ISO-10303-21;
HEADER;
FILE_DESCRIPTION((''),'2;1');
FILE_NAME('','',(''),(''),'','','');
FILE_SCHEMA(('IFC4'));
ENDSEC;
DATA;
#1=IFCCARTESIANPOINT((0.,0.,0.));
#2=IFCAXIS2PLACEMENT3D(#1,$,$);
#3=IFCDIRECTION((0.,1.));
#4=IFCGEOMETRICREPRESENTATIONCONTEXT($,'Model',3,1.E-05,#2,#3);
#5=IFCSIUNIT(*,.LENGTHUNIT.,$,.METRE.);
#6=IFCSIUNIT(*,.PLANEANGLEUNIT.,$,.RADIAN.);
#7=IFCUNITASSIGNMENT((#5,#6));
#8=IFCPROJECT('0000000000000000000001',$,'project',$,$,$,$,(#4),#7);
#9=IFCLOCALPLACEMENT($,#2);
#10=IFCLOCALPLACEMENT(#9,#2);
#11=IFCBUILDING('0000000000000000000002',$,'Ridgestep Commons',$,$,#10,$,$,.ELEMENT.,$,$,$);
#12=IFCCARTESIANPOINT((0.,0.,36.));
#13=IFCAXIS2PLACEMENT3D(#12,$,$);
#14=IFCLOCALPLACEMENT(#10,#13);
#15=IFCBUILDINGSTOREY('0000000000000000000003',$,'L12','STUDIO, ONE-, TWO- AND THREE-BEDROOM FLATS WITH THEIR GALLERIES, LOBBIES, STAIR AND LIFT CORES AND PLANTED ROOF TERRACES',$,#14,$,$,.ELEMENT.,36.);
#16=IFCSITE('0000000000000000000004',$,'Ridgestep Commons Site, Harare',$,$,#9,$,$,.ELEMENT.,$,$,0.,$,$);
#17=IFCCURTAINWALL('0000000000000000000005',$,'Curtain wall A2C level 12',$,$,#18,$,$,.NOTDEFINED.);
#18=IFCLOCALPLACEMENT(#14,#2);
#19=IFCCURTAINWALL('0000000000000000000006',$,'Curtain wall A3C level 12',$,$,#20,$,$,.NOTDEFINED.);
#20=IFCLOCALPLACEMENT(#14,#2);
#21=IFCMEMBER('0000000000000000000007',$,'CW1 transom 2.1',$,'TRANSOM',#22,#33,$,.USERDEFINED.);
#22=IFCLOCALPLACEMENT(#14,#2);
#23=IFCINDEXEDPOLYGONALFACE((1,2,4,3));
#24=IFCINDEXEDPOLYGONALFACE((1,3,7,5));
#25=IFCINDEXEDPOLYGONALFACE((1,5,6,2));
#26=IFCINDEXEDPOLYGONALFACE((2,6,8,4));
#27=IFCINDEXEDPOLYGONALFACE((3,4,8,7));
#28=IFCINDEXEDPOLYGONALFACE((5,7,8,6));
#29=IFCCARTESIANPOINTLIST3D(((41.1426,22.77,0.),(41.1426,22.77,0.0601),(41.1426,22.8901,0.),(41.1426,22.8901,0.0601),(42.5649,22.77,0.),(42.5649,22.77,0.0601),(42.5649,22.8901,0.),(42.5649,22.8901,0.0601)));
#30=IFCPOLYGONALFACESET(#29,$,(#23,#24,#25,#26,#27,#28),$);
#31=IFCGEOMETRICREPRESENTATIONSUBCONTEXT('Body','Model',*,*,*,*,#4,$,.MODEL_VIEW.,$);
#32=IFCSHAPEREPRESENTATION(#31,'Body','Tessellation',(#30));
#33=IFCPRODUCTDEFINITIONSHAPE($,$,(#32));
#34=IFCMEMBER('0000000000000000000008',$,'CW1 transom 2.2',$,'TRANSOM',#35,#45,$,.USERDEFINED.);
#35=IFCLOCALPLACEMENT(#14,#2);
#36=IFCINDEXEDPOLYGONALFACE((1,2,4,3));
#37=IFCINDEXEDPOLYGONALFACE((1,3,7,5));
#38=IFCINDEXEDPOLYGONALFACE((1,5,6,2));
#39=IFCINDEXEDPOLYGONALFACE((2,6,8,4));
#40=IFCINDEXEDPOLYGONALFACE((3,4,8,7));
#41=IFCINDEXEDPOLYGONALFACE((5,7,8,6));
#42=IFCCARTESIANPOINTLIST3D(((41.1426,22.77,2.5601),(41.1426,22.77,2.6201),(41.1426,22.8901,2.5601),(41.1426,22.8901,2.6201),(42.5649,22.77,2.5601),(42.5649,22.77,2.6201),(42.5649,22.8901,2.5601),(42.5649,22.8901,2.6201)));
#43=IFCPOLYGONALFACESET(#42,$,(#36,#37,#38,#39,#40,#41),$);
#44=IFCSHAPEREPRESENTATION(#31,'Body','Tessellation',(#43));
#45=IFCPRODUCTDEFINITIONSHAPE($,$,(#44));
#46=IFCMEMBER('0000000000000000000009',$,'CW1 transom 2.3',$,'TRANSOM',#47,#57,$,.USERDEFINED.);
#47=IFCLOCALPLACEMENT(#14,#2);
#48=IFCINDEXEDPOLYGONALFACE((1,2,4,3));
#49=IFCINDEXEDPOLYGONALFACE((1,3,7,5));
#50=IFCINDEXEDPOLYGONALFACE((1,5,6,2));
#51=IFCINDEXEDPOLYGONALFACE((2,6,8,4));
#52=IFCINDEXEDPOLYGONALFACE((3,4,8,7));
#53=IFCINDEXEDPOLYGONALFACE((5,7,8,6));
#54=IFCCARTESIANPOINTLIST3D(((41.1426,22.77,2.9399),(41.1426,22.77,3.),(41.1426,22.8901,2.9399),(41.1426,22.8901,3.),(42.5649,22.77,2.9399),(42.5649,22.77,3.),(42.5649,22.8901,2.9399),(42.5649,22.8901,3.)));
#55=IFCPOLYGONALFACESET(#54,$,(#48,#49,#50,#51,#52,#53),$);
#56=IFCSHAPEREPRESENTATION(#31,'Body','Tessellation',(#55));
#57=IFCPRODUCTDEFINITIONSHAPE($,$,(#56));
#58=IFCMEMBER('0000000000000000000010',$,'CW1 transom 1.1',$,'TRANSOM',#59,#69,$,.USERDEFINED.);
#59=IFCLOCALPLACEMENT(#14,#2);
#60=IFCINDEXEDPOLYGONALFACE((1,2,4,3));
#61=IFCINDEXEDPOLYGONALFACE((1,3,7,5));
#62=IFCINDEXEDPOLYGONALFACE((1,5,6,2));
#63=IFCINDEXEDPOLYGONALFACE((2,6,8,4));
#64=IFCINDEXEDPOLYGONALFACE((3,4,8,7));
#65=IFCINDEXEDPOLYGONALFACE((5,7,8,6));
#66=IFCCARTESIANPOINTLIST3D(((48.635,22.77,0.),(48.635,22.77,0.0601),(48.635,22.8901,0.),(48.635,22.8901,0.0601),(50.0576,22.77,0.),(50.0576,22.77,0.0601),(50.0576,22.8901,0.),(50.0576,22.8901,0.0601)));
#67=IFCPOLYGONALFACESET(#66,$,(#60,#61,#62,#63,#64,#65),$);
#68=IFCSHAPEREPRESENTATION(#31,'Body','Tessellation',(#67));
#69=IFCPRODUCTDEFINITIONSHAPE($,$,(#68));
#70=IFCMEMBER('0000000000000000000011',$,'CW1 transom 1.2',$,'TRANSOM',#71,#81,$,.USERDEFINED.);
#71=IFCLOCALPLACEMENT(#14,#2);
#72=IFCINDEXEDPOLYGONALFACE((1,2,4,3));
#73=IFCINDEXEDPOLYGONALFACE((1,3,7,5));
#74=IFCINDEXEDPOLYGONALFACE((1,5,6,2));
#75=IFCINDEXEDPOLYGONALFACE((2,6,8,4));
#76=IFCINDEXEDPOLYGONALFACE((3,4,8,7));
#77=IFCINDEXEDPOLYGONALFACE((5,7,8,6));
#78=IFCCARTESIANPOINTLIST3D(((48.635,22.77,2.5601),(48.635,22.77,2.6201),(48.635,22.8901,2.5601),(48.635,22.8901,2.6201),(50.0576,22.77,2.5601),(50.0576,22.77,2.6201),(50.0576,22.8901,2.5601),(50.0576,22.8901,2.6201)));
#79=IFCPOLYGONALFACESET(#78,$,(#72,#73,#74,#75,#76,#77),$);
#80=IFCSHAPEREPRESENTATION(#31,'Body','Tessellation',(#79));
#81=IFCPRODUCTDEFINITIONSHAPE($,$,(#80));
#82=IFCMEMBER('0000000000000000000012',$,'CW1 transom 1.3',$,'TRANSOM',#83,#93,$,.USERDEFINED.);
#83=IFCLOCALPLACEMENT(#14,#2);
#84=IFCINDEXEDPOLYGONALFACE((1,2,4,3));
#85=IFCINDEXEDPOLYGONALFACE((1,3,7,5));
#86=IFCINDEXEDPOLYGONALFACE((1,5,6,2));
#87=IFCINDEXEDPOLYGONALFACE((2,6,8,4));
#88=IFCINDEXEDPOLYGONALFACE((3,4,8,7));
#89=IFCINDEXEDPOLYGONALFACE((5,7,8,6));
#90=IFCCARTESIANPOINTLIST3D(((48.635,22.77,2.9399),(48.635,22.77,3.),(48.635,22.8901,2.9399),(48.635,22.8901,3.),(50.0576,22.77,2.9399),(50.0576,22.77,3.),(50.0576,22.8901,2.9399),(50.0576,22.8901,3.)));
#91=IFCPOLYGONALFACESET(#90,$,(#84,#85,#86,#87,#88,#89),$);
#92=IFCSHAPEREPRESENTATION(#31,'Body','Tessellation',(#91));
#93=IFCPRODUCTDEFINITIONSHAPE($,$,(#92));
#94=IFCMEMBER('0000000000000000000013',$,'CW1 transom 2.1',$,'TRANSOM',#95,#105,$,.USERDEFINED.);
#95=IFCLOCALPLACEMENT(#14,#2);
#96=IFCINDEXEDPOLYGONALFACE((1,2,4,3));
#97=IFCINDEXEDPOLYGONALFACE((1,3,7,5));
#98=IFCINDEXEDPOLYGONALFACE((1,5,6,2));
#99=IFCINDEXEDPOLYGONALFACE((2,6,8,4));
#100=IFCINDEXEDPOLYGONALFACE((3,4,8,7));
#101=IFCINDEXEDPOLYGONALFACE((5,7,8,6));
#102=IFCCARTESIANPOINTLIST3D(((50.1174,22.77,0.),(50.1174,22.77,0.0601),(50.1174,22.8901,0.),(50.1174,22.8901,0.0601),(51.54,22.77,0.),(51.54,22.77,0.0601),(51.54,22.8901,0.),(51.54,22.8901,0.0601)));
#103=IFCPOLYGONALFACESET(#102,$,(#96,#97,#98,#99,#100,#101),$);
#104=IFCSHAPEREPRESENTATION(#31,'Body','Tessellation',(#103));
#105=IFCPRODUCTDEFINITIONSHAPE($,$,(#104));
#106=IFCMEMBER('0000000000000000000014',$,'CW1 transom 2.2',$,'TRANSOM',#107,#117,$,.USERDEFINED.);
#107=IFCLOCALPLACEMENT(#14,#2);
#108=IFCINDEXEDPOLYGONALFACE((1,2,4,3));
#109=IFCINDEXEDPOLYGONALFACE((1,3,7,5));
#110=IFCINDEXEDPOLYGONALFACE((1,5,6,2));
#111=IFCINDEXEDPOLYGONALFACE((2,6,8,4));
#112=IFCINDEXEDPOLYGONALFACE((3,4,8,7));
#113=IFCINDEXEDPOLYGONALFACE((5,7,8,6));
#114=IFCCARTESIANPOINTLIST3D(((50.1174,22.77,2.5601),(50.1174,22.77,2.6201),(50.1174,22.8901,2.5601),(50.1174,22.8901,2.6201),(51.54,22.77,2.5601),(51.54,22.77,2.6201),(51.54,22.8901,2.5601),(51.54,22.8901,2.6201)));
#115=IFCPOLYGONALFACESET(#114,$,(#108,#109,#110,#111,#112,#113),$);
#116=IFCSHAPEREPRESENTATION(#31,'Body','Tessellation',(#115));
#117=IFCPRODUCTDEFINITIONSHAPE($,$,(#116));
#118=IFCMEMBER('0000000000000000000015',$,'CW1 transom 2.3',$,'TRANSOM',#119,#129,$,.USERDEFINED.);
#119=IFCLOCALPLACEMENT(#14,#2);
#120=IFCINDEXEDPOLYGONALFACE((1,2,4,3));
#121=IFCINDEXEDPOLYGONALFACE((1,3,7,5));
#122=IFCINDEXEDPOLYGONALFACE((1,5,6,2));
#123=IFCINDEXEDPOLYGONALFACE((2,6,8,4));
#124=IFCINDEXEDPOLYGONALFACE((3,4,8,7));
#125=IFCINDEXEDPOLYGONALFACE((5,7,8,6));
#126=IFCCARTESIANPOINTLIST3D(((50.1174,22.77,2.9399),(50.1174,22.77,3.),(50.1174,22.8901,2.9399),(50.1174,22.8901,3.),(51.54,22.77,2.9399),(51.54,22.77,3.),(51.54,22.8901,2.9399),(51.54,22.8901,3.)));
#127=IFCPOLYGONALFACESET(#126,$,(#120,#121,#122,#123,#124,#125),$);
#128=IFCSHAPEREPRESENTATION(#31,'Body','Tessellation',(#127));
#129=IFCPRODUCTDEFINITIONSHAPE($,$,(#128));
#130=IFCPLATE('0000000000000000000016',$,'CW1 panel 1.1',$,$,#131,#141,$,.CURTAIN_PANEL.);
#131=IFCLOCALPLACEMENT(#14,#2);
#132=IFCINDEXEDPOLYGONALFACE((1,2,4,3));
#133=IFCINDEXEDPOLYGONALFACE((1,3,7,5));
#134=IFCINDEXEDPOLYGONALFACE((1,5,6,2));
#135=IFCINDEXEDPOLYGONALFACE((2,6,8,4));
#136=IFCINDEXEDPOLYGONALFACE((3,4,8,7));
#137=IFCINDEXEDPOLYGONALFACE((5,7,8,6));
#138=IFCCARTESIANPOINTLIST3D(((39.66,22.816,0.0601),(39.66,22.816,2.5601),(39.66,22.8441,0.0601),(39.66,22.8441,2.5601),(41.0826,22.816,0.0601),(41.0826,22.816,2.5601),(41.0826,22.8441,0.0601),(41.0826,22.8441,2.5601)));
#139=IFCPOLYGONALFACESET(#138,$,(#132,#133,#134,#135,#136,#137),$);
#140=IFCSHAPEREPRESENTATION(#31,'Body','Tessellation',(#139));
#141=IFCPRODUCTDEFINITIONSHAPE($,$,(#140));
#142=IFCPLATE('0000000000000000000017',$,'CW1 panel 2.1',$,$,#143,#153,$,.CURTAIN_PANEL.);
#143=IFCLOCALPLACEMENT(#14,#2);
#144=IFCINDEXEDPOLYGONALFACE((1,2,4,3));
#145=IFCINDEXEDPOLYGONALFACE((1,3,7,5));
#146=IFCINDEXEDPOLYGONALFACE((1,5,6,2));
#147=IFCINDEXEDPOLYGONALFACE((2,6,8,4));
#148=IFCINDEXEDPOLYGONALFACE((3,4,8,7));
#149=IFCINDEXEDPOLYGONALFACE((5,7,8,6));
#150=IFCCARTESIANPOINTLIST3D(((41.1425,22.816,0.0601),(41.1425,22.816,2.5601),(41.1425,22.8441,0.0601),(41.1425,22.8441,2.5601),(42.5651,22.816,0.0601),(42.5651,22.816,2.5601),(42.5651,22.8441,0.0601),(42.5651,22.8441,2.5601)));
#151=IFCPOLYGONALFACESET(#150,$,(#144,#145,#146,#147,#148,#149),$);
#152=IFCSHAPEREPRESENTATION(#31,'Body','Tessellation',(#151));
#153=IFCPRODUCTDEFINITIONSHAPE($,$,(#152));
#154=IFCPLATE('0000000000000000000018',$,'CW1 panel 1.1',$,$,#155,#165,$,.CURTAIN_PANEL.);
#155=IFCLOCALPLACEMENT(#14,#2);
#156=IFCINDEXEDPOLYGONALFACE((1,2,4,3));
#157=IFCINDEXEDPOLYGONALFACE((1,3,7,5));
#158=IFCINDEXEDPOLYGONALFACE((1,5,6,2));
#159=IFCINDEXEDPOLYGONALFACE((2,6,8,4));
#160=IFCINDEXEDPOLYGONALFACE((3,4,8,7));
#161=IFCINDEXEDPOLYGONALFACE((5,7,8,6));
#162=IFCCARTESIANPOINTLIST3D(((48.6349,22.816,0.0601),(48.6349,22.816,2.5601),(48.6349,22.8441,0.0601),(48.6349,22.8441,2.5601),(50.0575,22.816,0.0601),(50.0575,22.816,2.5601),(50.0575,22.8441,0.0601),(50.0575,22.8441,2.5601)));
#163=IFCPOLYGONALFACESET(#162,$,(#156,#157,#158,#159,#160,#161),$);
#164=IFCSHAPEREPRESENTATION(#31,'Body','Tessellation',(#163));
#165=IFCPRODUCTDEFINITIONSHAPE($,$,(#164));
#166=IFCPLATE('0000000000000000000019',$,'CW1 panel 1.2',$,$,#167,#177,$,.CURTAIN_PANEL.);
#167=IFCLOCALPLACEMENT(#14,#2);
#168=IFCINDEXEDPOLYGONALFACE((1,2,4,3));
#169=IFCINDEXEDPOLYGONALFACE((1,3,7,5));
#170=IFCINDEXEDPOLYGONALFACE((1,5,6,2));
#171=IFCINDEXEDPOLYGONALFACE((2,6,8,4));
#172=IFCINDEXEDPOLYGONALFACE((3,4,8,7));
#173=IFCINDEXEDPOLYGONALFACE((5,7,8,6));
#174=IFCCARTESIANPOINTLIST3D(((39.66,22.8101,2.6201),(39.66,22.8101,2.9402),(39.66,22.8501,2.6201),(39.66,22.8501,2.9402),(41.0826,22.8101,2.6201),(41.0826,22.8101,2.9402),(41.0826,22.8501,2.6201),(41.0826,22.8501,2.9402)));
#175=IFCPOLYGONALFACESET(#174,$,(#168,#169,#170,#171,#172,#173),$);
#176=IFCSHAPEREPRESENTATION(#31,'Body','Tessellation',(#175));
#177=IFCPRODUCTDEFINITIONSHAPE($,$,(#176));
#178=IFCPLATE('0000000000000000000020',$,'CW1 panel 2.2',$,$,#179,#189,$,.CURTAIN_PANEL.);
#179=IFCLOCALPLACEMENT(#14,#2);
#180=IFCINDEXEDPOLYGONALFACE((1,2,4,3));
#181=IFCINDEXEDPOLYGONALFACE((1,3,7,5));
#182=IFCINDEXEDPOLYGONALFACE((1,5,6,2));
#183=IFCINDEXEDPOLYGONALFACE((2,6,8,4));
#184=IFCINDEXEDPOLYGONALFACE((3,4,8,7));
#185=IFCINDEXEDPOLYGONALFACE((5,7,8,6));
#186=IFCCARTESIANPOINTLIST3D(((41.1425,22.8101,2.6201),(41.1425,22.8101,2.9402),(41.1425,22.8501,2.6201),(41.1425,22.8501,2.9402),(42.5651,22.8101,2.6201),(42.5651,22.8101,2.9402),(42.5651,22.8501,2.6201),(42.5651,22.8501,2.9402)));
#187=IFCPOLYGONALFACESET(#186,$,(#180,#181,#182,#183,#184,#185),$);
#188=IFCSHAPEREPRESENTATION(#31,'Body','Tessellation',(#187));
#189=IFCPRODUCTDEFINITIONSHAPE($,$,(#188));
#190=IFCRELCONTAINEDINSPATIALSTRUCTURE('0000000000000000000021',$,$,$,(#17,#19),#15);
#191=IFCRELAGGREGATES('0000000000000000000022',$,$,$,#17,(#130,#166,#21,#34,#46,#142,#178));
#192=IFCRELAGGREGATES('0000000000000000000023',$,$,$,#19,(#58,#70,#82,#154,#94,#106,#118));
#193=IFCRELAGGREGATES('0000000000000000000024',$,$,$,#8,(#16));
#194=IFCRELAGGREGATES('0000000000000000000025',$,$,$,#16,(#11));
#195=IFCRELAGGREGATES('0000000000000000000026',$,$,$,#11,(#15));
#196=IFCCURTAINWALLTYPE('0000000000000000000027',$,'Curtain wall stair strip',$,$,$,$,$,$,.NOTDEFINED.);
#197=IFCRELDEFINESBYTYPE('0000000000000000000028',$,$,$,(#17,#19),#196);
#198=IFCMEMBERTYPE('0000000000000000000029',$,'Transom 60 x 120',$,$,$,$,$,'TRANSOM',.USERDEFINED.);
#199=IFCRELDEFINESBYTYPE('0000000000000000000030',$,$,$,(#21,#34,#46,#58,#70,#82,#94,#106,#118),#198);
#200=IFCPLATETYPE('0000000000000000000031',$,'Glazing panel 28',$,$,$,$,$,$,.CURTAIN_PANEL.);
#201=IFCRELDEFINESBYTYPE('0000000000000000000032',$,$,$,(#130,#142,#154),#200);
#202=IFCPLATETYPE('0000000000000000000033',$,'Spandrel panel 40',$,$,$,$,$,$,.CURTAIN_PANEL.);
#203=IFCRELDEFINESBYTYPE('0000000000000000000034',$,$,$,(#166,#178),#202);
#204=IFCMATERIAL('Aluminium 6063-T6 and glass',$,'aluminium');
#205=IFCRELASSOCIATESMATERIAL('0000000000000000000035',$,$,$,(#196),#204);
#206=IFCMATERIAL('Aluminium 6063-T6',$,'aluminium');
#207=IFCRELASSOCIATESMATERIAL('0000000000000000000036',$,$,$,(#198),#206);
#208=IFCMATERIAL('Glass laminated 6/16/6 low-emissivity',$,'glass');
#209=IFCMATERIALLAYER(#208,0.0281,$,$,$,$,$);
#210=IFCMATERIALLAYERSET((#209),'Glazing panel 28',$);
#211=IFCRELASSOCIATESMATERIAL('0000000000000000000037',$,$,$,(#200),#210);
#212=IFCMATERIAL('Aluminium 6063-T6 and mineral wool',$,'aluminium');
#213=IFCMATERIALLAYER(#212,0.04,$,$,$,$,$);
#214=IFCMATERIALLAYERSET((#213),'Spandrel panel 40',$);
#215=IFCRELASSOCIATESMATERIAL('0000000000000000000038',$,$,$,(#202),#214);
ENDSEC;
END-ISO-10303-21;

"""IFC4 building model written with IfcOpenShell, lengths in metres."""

from ifc_helpers import new_model, si_unit, direction, frame, origin, origin_2d, place, context, subcontext, project, spatial, rectangle, extrude, material, layer, layer_set, material_profile, profile_set, type_object, element, aggregate, save


model = new_model("IFC4")

# Units and contexts
model_context = context("Model", 3, precision=1e-05, world=origin(), true_north=direction((0.0, 1.0)))
body_context = subcontext(model_context, "Body", "Model", "MODEL_VIEW")
ifc_project = project(units=[si_unit("LENGTHUNIT", "METRE"), si_unit("PLANEANGLEUNIT", "RADIAN")], contexts=[model_context])

# Site, building, storey
site_placement = place(None, origin())
site = spatial("IfcSite", under=ifc_project, at=site_placement, Name="Ridgestep Commons Site, Harare", CompositionType="ELEMENT", RefElevation=0.0)
building_placement = place(site_placement, origin())
building = spatial("IfcBuilding", under=site, at=building_placement, Name="Ridgestep Commons", CompositionType="ELEMENT")
storey_placement = place(building_placement, frame((0.0, 0.0, 36.0)))
storey = spatial("IfcBuildingStorey", under=building, at=storey_placement, Name="L12", Description="STUDIO, ONE-, TWO- AND THREE-BEDROOM FLATS WITH THEIR GALLERIES, LOBBIES, STAIR AND LIFT CORES AND PLANTED ROOF TERRACES", CompositionType="ELEMENT", Elevation=36.0)

# Curtain walls
ifc_material_1 = material(Name="Aluminium 6063-T6 and glass", Category="aluminium")
curtain_wall_type = type_object("IfcCurtainWallType", Name="Curtain wall stair strip", PredefinedType="NOTDEFINED", material=ifc_material_1)
curtain_wall_1_placement = place(storey_placement, origin())
curtain_wall_1 = element("IfcCurtainWall", 1, at=curtain_wall_1_placement, inside=storey, type_object=curtain_wall_type, Name="Curtain wall A2C level 12", PredefinedType="NOTDEFINED")
curtain_wall_2_placement = place(storey_placement, origin())
curtain_wall_2 = element("IfcCurtainWall", 2, at=curtain_wall_2_placement, inside=storey, type_object=curtain_wall_type, Name="Curtain wall A3C level 12", PredefinedType="NOTDEFINED")

# Members
ifc_material_2 = material(Name="Aluminium 6063-T6", Category="aluminium")
ifc_material_profile_1 = material_profile(ifc_material_2, rectangle(XDim=0.1201, YDim=0.0601, at=origin_2d()), Name="Transom 60 x 120")
ifc_profile_set_1 = profile_set([ifc_material_profile_1], Name="Aluminium 6063-T6")
member_type_1 = type_object("IfcMemberType", Name="Transom 60 x 120", ElementType="TRANSOM", PredefinedType="USERDEFINED", material=ifc_profile_set_1)
member_1_placement = place(storey_placement, frame((41.1426, 22.8301, 0.03), z_axis=(1.0, 0.0, 0.0), x_axis=(0.0, 1.0, 0.0)))
member_1 = element("IfcMember", 3, at=member_1_placement, type_object=member_type_1, Name="CW1 transom 2.1", ObjectType="TRANSOM", PredefinedType="USERDEFINED", context=body_context, shape_type="SweptSolid", body=[
    extrude(rectangle(XDim=0.1201, YDim=0.0601, at=origin_2d()), origin(), (0.0, 0.0, 1.0), 1.4224),
])
member_2_placement = place(storey_placement, frame((41.1426, 22.8301, 2.5901), z_axis=(1.0, 0.0, 0.0), x_axis=(0.0, 1.0, 0.0)))
member_2 = element("IfcMember", 4, at=member_2_placement, type_object=member_type_1, Name="CW1 transom 2.2", ObjectType="TRANSOM", PredefinedType="USERDEFINED", context=body_context, shape_type="SweptSolid", body=[
    extrude(rectangle(XDim=0.1201, YDim=0.0601, at=origin_2d()), origin(), (0.0, 0.0, 1.0), 1.4224),
])
member_3_placement = place(storey_placement, frame((41.1426, 22.8301, 2.97), z_axis=(1.0, 0.0, 0.0), x_axis=(0.0, 1.0, 0.0)))
member_3 = element("IfcMember", 5, at=member_3_placement, type_object=member_type_1, Name="CW1 transom 2.3", ObjectType="TRANSOM", PredefinedType="USERDEFINED", context=body_context, shape_type="SweptSolid", body=[
    extrude(rectangle(XDim=0.1201, YDim=0.0601, at=origin_2d()), origin(), (0.0, 0.0, 1.0), 1.4224),
])
member_4_placement = place(storey_placement, frame((48.635, 22.8301, 0.03), z_axis=(1.0, 0.0, 0.0), x_axis=(0.0, 1.0, 0.0)))
member_4 = element("IfcMember", 6, at=member_4_placement, type_object=member_type_1, Name="CW1 transom 1.1", ObjectType="TRANSOM", PredefinedType="USERDEFINED", context=body_context, shape_type="SweptSolid", body=[
    extrude(rectangle(XDim=0.1201, YDim=0.0601, at=origin_2d()), origin(), (0.0, 0.0, 1.0), 1.4226),
])
member_5_placement = place(storey_placement, frame((48.635, 22.8301, 2.5901), z_axis=(1.0, 0.0, 0.0), x_axis=(0.0, 1.0, 0.0)))
member_5 = element("IfcMember", 7, at=member_5_placement, type_object=member_type_1, Name="CW1 transom 1.2", ObjectType="TRANSOM", PredefinedType="USERDEFINED", context=body_context, shape_type="SweptSolid", body=[
    extrude(rectangle(XDim=0.1201, YDim=0.0601, at=origin_2d()), origin(), (0.0, 0.0, 1.0), 1.4226),
])
member_6_placement = place(storey_placement, frame((48.635, 22.8301, 2.97), z_axis=(1.0, 0.0, 0.0), x_axis=(0.0, 1.0, 0.0)))
member_6 = element("IfcMember", 8, at=member_6_placement, type_object=member_type_1, Name="CW1 transom 1.3", ObjectType="TRANSOM", PredefinedType="USERDEFINED", context=body_context, shape_type="SweptSolid", body=[
    extrude(rectangle(XDim=0.1201, YDim=0.0601, at=origin_2d()), origin(), (0.0, 0.0, 1.0), 1.4226),
])
member_7_placement = place(storey_placement, frame((50.1174, 22.8301, 0.03), z_axis=(1.0, 0.0, 0.0), x_axis=(0.0, 1.0, 0.0)))
member_7 = element("IfcMember", 9, at=member_7_placement, type_object=member_type_1, Name="CW1 transom 2.1", ObjectType="TRANSOM", PredefinedType="USERDEFINED", context=body_context, shape_type="SweptSolid", body=[
    extrude(rectangle(XDim=0.1201, YDim=0.0601, at=origin_2d()), origin(), (0.0, 0.0, 1.0), 1.4226),
])
member_8_placement = place(storey_placement, frame((50.1174, 22.8301, 2.5901), z_axis=(1.0, 0.0, 0.0), x_axis=(0.0, 1.0, 0.0)))
member_8 = element("IfcMember", 10, at=member_8_placement, type_object=member_type_1, Name="CW1 transom 2.2", ObjectType="TRANSOM", PredefinedType="USERDEFINED", context=body_context, shape_type="SweptSolid", body=[
    extrude(rectangle(XDim=0.1201, YDim=0.0601, at=origin_2d()), origin(), (0.0, 0.0, 1.0), 1.4226),
])
member_9_placement = place(storey_placement, frame((50.1174, 22.8301, 2.97), z_axis=(1.0, 0.0, 0.0), x_axis=(0.0, 1.0, 0.0)))
member_9 = element("IfcMember", 11, at=member_9_placement, type_object=member_type_1, Name="CW1 transom 2.3", ObjectType="TRANSOM", PredefinedType="USERDEFINED", context=body_context, shape_type="SweptSolid", body=[
    extrude(rectangle(XDim=0.1201, YDim=0.0601, at=origin_2d()), origin(), (0.0, 0.0, 1.0), 1.4226),
])

# Plates
ifc_material_3 = material(Name="Glass laminated 6/16/6 low-emissivity", Category="glass")
ifc_layer_1 = layer(ifc_material_3, 0.0281)
ifc_layer_set_1 = layer_set([ifc_layer_1], Name="Glazing panel 28")
plate_type_1 = type_object("IfcPlateType", Name="Glazing panel 28", PredefinedType="CURTAIN_PANEL", material=ifc_layer_set_1)
plate_1_placement = place(storey_placement, frame((40.3713, 22.8301, 0.0601), z_axis=(0.0, 0.0, 1.0), x_axis=(1.0, 0.0, 0.0)))
plate_1 = element("IfcPlate", 12, at=plate_1_placement, type_object=plate_type_1, Name="CW1 panel 1.1", PredefinedType="CURTAIN_PANEL", context=body_context, shape_type="SweptSolid", body=[
    extrude(rectangle(XDim=1.4226, YDim=0.0281, at=origin_2d()), origin(), (0.0, 0.0, 1.0), 2.5),
])
plate_2_placement = place(storey_placement, frame((41.8538, 22.8301, 0.0601), z_axis=(0.0, 0.0, 1.0), x_axis=(1.0, 0.0, 0.0)))
plate_2 = element("IfcPlate", 13, at=plate_2_placement, type_object=plate_type_1, Name="CW1 panel 2.1", PredefinedType="CURTAIN_PANEL", context=body_context, shape_type="SweptSolid", body=[
    extrude(rectangle(XDim=1.4226, YDim=0.0281, at=origin_2d()), origin(), (0.0, 0.0, 1.0), 2.5),
])
plate_3_placement = place(storey_placement, frame((49.3462, 22.8301, 0.0601), z_axis=(0.0, 0.0, 1.0), x_axis=(1.0, 0.0, 0.0)))
plate_3 = element("IfcPlate", 14, at=plate_3_placement, type_object=plate_type_1, Name="CW1 panel 1.1", PredefinedType="CURTAIN_PANEL", context=body_context, shape_type="SweptSolid", body=[
    extrude(rectangle(XDim=1.4226, YDim=0.0281, at=origin_2d()), origin(), (0.0, 0.0, 1.0), 2.5),
])
ifc_material_4 = material(Name="Aluminium 6063-T6 and mineral wool", Category="aluminium")
ifc_layer_2 = layer(ifc_material_4, 0.04)
ifc_layer_set_2 = layer_set([ifc_layer_2], Name="Spandrel panel 40")
plate_type_2 = type_object("IfcPlateType", Name="Spandrel panel 40", PredefinedType="CURTAIN_PANEL", material=ifc_layer_set_2)
plate_4_placement = place(storey_placement, frame((40.3713, 22.8301, 2.6201), z_axis=(0.0, 0.0, 1.0), x_axis=(1.0, 0.0, 0.0)))
plate_4 = element("IfcPlate", 15, at=plate_4_placement, type_object=plate_type_2, Name="CW1 panel 1.2", PredefinedType="CURTAIN_PANEL", context=body_context, shape_type="SweptSolid", body=[
    extrude(rectangle(XDim=1.4226, YDim=0.04, at=origin_2d()), origin(), (0.0, 0.0, 1.0), 0.3201),
])
plate_5_placement = place(storey_placement, frame((41.8538, 22.8301, 2.6201), z_axis=(0.0, 0.0, 1.0), x_axis=(1.0, 0.0, 0.0)))
plate_5 = element("IfcPlate", 16, at=plate_5_placement, type_object=plate_type_2, Name="CW1 panel 2.2", PredefinedType="CURTAIN_PANEL", context=body_context, shape_type="SweptSolid", body=[
    extrude(rectangle(XDim=1.4226, YDim=0.04, at=origin_2d()), origin(), (0.0, 0.0, 1.0), 0.3201),
])
aggregate(curtain_wall_1, [plate_1, plate_4, member_1, member_2, member_3, plate_2, plate_5])
aggregate(curtain_wall_2, [member_4, member_5, member_6, plate_3, member_7, member_8, member_9])

save(model, "model.ifc")
